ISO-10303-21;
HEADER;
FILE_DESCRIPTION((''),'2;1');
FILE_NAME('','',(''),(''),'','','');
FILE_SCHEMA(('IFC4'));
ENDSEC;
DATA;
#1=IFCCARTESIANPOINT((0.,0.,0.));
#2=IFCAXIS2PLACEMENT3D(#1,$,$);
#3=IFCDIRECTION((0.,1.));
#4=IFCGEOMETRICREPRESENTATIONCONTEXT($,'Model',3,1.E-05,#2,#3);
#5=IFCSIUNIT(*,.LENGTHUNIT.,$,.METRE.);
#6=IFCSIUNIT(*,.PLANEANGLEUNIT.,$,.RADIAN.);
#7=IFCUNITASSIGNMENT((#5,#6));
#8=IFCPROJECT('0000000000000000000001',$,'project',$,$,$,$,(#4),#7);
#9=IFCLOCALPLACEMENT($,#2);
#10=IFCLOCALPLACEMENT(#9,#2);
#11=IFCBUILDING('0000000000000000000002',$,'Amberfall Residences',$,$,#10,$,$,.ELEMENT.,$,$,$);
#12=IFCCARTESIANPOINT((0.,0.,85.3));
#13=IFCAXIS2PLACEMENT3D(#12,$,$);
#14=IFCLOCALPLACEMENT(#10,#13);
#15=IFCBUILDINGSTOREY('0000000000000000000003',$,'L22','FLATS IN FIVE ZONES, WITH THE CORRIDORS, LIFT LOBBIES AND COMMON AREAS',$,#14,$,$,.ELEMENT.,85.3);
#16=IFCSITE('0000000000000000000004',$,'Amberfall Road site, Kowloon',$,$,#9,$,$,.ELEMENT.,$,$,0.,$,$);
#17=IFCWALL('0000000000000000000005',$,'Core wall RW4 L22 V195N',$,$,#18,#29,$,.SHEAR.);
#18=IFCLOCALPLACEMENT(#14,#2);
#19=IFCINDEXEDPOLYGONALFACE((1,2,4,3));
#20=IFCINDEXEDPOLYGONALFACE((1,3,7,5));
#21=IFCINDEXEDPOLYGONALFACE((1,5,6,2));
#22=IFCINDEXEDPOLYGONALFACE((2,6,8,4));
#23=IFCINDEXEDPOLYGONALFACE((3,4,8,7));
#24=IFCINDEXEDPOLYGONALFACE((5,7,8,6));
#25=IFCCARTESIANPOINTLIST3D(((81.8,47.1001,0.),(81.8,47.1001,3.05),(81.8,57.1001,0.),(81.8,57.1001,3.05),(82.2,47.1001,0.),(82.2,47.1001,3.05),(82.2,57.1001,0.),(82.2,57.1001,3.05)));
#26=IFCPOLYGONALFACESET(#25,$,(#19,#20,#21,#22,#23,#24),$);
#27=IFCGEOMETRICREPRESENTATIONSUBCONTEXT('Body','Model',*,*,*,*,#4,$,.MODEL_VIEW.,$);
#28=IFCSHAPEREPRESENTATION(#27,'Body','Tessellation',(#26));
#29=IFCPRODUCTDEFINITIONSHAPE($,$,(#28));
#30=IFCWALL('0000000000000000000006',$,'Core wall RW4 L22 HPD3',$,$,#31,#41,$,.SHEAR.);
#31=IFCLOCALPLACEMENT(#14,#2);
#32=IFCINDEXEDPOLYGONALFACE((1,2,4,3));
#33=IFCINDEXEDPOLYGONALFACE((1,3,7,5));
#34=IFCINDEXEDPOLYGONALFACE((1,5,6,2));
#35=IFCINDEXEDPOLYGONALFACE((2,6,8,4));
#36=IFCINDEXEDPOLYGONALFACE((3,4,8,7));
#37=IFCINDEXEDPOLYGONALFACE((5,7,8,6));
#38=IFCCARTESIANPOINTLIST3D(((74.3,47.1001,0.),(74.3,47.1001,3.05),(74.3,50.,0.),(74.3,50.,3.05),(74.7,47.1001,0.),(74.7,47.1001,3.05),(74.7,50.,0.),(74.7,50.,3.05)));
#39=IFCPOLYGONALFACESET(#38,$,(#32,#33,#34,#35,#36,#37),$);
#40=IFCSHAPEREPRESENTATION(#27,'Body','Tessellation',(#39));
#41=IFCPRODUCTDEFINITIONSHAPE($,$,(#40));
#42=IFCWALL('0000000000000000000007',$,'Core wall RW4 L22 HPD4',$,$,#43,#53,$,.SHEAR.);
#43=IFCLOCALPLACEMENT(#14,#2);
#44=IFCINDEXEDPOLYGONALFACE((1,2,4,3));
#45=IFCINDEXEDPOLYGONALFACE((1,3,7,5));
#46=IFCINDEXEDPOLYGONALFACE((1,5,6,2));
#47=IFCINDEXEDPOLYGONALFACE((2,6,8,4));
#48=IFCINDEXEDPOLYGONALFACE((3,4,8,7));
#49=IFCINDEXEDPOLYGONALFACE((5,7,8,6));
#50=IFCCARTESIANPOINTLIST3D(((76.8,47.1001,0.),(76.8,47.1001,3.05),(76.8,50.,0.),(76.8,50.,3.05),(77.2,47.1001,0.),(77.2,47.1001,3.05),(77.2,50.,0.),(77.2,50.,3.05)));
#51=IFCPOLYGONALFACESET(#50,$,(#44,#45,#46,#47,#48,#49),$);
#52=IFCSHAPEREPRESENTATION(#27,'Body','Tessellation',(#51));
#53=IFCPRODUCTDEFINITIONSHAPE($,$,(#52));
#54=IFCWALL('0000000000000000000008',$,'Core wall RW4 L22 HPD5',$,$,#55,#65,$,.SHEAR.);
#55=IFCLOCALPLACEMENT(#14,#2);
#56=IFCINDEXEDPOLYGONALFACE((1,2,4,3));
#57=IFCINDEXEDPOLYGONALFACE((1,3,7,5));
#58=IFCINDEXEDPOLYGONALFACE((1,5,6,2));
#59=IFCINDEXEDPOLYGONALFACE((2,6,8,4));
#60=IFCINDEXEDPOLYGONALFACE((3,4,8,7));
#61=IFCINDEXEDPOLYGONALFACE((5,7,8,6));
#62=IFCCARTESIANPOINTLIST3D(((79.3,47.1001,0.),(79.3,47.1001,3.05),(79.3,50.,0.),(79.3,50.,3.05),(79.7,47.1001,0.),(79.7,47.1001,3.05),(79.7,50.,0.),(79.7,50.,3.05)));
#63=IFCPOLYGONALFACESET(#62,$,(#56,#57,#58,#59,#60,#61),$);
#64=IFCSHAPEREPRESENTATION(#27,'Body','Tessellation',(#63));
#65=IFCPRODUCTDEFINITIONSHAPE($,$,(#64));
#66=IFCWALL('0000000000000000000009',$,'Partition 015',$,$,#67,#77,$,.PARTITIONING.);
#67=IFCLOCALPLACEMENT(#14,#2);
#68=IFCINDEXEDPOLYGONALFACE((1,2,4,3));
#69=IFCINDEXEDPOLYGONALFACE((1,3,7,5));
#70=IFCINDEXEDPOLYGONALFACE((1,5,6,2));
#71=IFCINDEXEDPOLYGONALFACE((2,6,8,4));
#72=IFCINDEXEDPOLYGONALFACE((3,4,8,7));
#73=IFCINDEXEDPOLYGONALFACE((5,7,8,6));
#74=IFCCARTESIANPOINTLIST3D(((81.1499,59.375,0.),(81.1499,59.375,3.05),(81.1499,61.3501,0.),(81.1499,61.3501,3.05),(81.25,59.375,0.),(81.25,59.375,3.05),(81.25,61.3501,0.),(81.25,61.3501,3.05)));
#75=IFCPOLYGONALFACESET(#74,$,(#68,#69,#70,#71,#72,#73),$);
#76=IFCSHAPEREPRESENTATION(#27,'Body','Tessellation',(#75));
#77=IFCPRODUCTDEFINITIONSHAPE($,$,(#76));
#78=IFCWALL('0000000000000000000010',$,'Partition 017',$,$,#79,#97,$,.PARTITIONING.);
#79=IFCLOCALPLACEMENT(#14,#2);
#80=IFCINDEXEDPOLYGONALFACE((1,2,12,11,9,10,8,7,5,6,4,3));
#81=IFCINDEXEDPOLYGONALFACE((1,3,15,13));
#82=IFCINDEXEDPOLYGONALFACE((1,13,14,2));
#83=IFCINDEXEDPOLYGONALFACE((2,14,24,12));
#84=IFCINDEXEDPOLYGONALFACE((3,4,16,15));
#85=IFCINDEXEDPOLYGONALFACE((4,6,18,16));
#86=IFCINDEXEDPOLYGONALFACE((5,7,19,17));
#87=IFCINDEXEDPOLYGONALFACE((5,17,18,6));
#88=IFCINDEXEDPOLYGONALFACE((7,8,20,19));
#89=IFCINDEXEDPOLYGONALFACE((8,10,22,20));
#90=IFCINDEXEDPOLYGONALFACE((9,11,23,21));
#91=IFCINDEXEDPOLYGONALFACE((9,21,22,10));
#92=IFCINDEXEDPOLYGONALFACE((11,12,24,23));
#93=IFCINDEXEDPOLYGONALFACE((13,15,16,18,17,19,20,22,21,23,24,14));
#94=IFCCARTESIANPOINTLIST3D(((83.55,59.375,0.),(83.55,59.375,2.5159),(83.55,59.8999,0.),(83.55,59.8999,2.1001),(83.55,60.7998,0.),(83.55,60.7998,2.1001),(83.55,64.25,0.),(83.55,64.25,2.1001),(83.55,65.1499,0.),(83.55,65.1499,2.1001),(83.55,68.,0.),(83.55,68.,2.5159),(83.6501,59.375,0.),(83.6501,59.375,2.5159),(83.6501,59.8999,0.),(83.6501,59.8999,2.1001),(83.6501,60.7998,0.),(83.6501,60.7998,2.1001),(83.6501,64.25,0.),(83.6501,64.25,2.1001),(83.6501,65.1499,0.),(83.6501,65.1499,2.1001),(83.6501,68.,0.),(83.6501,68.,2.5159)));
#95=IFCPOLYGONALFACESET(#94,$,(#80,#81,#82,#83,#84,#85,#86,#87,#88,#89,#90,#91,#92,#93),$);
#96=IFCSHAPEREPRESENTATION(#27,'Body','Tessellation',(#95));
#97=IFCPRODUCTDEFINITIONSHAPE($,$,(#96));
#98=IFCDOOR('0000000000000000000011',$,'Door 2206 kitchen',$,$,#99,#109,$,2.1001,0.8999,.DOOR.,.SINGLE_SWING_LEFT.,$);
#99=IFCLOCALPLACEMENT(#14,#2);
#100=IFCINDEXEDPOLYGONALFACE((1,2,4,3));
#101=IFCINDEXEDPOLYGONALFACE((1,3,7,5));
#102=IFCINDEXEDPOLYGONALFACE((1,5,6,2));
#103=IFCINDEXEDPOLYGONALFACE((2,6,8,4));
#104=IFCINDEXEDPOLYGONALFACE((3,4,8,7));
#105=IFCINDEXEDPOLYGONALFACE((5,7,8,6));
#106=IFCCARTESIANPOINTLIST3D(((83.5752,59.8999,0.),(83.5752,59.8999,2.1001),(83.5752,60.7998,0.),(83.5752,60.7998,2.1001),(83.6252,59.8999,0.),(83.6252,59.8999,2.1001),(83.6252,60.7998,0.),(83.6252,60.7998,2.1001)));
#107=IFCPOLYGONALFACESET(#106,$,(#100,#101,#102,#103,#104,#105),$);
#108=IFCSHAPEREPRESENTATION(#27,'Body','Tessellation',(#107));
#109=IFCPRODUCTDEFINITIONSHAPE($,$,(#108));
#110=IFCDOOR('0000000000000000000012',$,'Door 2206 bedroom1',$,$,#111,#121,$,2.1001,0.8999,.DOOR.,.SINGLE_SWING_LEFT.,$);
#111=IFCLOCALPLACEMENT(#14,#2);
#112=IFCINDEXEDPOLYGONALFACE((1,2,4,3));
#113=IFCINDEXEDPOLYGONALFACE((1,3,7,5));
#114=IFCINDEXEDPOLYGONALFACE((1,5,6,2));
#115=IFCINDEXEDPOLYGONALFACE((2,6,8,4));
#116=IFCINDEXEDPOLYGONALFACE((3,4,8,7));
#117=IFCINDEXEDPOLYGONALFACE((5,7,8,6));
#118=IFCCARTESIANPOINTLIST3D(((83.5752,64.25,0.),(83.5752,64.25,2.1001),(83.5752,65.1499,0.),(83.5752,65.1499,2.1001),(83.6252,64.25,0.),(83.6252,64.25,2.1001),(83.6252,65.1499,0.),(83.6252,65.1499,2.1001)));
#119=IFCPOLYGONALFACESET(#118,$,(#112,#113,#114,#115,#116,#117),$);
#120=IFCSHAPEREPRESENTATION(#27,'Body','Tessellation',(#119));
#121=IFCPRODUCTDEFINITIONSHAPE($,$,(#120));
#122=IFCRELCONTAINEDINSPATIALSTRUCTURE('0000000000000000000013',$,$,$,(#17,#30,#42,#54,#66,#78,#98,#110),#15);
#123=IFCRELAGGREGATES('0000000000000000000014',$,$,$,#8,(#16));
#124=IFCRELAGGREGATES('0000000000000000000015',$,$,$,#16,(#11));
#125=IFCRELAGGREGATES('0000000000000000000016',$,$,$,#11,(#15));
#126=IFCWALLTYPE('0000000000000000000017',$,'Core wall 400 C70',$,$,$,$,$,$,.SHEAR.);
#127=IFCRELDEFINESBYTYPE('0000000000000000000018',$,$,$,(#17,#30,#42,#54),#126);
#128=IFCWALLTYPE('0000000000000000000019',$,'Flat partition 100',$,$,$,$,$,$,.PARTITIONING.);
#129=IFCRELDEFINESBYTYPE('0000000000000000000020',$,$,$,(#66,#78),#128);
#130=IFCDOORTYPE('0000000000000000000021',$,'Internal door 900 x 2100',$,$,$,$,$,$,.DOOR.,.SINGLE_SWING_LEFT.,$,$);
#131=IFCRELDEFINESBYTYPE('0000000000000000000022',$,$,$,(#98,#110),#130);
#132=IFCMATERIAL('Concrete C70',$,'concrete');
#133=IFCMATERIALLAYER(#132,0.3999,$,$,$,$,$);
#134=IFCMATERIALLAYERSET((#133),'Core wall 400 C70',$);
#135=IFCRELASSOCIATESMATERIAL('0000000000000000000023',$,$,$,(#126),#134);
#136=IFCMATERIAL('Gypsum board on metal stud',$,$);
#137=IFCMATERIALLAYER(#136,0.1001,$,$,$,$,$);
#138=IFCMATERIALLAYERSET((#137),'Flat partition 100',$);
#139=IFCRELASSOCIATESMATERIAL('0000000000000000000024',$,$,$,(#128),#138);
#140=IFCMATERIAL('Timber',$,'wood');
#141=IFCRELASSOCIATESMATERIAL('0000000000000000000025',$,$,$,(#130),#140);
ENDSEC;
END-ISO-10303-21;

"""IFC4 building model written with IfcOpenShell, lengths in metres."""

from ifc_helpers import new_model, si_unit, direction, frame, frame_2d, origin, place, context, subcontext, project, spatial, rectangle, extrude, material, layer, layer_set, type_object, element, fill, save


model = new_model("IFC4")

# Units and contexts
model_context = context("Model", 3, precision=1e-05, world=origin(), true_north=direction((0.0, 1.0)))
body_context = subcontext(model_context, "Body", "Model", "MODEL_VIEW")
ifc_project = project(units=[si_unit("LENGTHUNIT", "METRE"), si_unit("PLANEANGLEUNIT", "RADIAN")], contexts=[model_context])

# Site, building, storey
site_placement = place(None, origin())
site = spatial("IfcSite", under=ifc_project, at=site_placement, Name="Amberfall Road site, Kowloon", CompositionType="ELEMENT", RefElevation=0.0)
building_placement = place(site_placement, origin())
building = spatial("IfcBuilding", under=site, at=building_placement, Name="Amberfall Residences", CompositionType="ELEMENT")
storey_placement = place(building_placement, frame((0.0, 0.0, 85.3)))
storey = spatial("IfcBuildingStorey", under=building, at=storey_placement, Name="L22", Description="FLATS IN FIVE ZONES, WITH THE CORRIDORS, LIFT LOBBIES AND COMMON AREAS", CompositionType="ELEMENT", Elevation=85.3)

# Walls
ifc_material_1 = material(Name="Concrete C70", Category="concrete")
ifc_layer_1 = layer(ifc_material_1, 0.3999)
ifc_layer_set_1 = layer_set([ifc_layer_1], Name="Core wall 400 C70")
wall_type_1 = type_object("IfcWallType", Name="Core wall 400 C70", PredefinedType="SHEAR", material=ifc_layer_set_1)
wall_1_placement = place(storey_placement, frame((82.0, 47.1001, 0.0), z_axis=(0.0, 0.0, 1.0), x_axis=(0.0, 1.0, 0.0)))
element("IfcWall", 1, at=wall_1_placement, inside=storey, type_object=wall_type_1, Name="Core wall RW4 L22 V195N", PredefinedType="SHEAR", context=body_context, shape_type="SweptSolid", body=[
    extrude(rectangle(XDim=10.0, YDim=0.3999, at=frame_2d((5.0, 0.0))), origin(), (0.0, 0.0, 1.0), 3.05),
])
for number, where, z_axis, x_axis, name in (
    (2, (74.5, 47.1001, 0.0), (0.0, 0.0, 1.0), (0.0, 1.0, 0.0), "Core wall RW4 L22 HPD3"),
    (3, (77.0, 47.1001, 0.0), (0.0, 0.0, 1.0), (0.0, 1.0, 0.0), "Core wall RW4 L22 HPD4"),
    (4, (79.5, 47.1001, 0.0), (0.0, 0.0, 1.0), (0.0, 1.0, 0.0), "Core wall RW4 L22 HPD5"),
):
    element("IfcWall", number, at=place(storey_placement, frame(where, z_axis=z_axis, x_axis=x_axis)), inside=storey, type_object=wall_type_1, Name=name, PredefinedType="SHEAR", context=body_context, shape_type="SweptSolid", body=[
        extrude(rectangle(XDim=2.8999, YDim=0.3999, at=frame_2d((1.45, 0.0))), origin(), (0.0, 0.0, 1.0), 3.05),
    ])
ifc_material_2 = material(Name="Gypsum board on metal stud")
ifc_layer_2 = layer(ifc_material_2, 0.1001)
ifc_layer_set_2 = layer_set([ifc_layer_2], Name="Flat partition 100")
wall_type_2 = type_object("IfcWallType", Name="Flat partition 100", PredefinedType="PARTITIONING", material=ifc_layer_set_2)
wall_2_placement = place(storey_placement, frame((81.2, 59.375, 0.0), z_axis=(0.0, 0.0, 1.0), x_axis=(0.0, 1.0, 0.0)))
element("IfcWall", 5, at=wall_2_placement, inside=storey, type_object=wall_type_2, Name="Partition 015", PredefinedType="PARTITIONING", context=body_context, shape_type="SweptSolid", body=[
    extrude(rectangle(XDim=1.9751, YDim=0.1001, at=frame_2d((0.9875, 0.0))), origin(), (0.0, 0.0, 1.0), 3.05),
])

# Wall, openings, doors
wall_3_placement = place(storey_placement, frame((83.6001, 59.375, 0.0), z_axis=(0.0, 0.0, 1.0), x_axis=(0.0, 1.0, 0.0)))
wall_3 = element("IfcWall", 6, at=wall_3_placement, inside=storey, type_object=wall_type_2, Name="Partition 017", PredefinedType="PARTITIONING", context=body_context, shape_type="SweptSolid", body=[
    extrude(rectangle(XDim=8.625, YDim=0.1001, at=frame_2d((4.3125, 0.0))), origin(), (0.0, 0.0, 1.0), 2.5159),
])
opening_1_placement = place(wall_3_placement, frame((0.5249, 0.0, 0.0)))
opening_1 = element("IfcOpeningElement", 7, at=opening_1_placement, cuts=wall_3, PredefinedType="OPENING", context=body_context, shape_type="SweptSolid", body=[
    extrude(rectangle(XDim=0.8999, YDim=2.1001, at=frame_2d((0.45, 1.05))), frame((0.0, 0.0601, 0.0), z_axis=(0.0, -1.0, 0.0), x_axis=(1.0, 0.0, 0.0)), (0.0, 0.0, 1.0), 0.1201),
])
opening_2_placement = place(wall_3_placement, frame((4.875, 0.0, 0.0)))
opening_2 = element("IfcOpeningElement", 8, at=opening_2_placement, cuts=wall_3, PredefinedType="OPENING", context=body_context, shape_type="SweptSolid", body=[
    extrude(rectangle(XDim=0.8999, YDim=2.1001, at=frame_2d((0.45, 1.05))), frame((0.0, 0.0601, 0.0), z_axis=(0.0, -1.0, 0.0), x_axis=(1.0, 0.0, 0.0)), (0.0, 0.0, 1.0), 0.1201),
])
ifc_material_3 = material(Name="Timber", Category="wood")
door_type_1 = type_object("IfcDoorType", Name="Internal door 900 x 2100", OperationType="SINGLE_SWING_LEFT", PredefinedType="DOOR", material=ifc_material_3)
door_1_placement = place(opening_1_placement, origin())
door_1 = element("IfcDoor", 9, at=door_1_placement, inside=storey, type_object=door_type_1, Name="Door 2206 kitchen", OperationType="SINGLE_SWING_LEFT", OverallHeight=2.1001, OverallWidth=0.8999, PredefinedType="DOOR", context=body_context, shape_type="SweptSolid", body=[
    extrude(rectangle(XDim=0.8999, YDim=2.1001, at=frame_2d((0.45, 1.05))), frame((0.0, 0.0249, 0.0), z_axis=(0.0, -1.0, 0.0), x_axis=(1.0, 0.0, 0.0)), (0.0, 0.0, 1.0), 0.05),
])
fill(opening_1, door_1)
door_2_placement = place(opening_2_placement, origin())
door_2 = element("IfcDoor", 10, at=door_2_placement, inside=storey, type_object=door_type_1, Name="Door 2206 bedroom1", OperationType="SINGLE_SWING_LEFT", OverallHeight=2.1001, OverallWidth=0.8999, PredefinedType="DOOR", context=body_context, shape_type="SweptSolid", body=[
    extrude(rectangle(XDim=0.8999, YDim=2.1001, at=frame_2d((0.45, 1.05))), frame((0.0, 0.0249, 0.0), z_axis=(0.0, -1.0, 0.0), x_axis=(1.0, 0.0, 0.0)), (0.0, 0.0, 1.0), 0.05),
])
fill(opening_2, door_2)

save(model, "model.ifc")
